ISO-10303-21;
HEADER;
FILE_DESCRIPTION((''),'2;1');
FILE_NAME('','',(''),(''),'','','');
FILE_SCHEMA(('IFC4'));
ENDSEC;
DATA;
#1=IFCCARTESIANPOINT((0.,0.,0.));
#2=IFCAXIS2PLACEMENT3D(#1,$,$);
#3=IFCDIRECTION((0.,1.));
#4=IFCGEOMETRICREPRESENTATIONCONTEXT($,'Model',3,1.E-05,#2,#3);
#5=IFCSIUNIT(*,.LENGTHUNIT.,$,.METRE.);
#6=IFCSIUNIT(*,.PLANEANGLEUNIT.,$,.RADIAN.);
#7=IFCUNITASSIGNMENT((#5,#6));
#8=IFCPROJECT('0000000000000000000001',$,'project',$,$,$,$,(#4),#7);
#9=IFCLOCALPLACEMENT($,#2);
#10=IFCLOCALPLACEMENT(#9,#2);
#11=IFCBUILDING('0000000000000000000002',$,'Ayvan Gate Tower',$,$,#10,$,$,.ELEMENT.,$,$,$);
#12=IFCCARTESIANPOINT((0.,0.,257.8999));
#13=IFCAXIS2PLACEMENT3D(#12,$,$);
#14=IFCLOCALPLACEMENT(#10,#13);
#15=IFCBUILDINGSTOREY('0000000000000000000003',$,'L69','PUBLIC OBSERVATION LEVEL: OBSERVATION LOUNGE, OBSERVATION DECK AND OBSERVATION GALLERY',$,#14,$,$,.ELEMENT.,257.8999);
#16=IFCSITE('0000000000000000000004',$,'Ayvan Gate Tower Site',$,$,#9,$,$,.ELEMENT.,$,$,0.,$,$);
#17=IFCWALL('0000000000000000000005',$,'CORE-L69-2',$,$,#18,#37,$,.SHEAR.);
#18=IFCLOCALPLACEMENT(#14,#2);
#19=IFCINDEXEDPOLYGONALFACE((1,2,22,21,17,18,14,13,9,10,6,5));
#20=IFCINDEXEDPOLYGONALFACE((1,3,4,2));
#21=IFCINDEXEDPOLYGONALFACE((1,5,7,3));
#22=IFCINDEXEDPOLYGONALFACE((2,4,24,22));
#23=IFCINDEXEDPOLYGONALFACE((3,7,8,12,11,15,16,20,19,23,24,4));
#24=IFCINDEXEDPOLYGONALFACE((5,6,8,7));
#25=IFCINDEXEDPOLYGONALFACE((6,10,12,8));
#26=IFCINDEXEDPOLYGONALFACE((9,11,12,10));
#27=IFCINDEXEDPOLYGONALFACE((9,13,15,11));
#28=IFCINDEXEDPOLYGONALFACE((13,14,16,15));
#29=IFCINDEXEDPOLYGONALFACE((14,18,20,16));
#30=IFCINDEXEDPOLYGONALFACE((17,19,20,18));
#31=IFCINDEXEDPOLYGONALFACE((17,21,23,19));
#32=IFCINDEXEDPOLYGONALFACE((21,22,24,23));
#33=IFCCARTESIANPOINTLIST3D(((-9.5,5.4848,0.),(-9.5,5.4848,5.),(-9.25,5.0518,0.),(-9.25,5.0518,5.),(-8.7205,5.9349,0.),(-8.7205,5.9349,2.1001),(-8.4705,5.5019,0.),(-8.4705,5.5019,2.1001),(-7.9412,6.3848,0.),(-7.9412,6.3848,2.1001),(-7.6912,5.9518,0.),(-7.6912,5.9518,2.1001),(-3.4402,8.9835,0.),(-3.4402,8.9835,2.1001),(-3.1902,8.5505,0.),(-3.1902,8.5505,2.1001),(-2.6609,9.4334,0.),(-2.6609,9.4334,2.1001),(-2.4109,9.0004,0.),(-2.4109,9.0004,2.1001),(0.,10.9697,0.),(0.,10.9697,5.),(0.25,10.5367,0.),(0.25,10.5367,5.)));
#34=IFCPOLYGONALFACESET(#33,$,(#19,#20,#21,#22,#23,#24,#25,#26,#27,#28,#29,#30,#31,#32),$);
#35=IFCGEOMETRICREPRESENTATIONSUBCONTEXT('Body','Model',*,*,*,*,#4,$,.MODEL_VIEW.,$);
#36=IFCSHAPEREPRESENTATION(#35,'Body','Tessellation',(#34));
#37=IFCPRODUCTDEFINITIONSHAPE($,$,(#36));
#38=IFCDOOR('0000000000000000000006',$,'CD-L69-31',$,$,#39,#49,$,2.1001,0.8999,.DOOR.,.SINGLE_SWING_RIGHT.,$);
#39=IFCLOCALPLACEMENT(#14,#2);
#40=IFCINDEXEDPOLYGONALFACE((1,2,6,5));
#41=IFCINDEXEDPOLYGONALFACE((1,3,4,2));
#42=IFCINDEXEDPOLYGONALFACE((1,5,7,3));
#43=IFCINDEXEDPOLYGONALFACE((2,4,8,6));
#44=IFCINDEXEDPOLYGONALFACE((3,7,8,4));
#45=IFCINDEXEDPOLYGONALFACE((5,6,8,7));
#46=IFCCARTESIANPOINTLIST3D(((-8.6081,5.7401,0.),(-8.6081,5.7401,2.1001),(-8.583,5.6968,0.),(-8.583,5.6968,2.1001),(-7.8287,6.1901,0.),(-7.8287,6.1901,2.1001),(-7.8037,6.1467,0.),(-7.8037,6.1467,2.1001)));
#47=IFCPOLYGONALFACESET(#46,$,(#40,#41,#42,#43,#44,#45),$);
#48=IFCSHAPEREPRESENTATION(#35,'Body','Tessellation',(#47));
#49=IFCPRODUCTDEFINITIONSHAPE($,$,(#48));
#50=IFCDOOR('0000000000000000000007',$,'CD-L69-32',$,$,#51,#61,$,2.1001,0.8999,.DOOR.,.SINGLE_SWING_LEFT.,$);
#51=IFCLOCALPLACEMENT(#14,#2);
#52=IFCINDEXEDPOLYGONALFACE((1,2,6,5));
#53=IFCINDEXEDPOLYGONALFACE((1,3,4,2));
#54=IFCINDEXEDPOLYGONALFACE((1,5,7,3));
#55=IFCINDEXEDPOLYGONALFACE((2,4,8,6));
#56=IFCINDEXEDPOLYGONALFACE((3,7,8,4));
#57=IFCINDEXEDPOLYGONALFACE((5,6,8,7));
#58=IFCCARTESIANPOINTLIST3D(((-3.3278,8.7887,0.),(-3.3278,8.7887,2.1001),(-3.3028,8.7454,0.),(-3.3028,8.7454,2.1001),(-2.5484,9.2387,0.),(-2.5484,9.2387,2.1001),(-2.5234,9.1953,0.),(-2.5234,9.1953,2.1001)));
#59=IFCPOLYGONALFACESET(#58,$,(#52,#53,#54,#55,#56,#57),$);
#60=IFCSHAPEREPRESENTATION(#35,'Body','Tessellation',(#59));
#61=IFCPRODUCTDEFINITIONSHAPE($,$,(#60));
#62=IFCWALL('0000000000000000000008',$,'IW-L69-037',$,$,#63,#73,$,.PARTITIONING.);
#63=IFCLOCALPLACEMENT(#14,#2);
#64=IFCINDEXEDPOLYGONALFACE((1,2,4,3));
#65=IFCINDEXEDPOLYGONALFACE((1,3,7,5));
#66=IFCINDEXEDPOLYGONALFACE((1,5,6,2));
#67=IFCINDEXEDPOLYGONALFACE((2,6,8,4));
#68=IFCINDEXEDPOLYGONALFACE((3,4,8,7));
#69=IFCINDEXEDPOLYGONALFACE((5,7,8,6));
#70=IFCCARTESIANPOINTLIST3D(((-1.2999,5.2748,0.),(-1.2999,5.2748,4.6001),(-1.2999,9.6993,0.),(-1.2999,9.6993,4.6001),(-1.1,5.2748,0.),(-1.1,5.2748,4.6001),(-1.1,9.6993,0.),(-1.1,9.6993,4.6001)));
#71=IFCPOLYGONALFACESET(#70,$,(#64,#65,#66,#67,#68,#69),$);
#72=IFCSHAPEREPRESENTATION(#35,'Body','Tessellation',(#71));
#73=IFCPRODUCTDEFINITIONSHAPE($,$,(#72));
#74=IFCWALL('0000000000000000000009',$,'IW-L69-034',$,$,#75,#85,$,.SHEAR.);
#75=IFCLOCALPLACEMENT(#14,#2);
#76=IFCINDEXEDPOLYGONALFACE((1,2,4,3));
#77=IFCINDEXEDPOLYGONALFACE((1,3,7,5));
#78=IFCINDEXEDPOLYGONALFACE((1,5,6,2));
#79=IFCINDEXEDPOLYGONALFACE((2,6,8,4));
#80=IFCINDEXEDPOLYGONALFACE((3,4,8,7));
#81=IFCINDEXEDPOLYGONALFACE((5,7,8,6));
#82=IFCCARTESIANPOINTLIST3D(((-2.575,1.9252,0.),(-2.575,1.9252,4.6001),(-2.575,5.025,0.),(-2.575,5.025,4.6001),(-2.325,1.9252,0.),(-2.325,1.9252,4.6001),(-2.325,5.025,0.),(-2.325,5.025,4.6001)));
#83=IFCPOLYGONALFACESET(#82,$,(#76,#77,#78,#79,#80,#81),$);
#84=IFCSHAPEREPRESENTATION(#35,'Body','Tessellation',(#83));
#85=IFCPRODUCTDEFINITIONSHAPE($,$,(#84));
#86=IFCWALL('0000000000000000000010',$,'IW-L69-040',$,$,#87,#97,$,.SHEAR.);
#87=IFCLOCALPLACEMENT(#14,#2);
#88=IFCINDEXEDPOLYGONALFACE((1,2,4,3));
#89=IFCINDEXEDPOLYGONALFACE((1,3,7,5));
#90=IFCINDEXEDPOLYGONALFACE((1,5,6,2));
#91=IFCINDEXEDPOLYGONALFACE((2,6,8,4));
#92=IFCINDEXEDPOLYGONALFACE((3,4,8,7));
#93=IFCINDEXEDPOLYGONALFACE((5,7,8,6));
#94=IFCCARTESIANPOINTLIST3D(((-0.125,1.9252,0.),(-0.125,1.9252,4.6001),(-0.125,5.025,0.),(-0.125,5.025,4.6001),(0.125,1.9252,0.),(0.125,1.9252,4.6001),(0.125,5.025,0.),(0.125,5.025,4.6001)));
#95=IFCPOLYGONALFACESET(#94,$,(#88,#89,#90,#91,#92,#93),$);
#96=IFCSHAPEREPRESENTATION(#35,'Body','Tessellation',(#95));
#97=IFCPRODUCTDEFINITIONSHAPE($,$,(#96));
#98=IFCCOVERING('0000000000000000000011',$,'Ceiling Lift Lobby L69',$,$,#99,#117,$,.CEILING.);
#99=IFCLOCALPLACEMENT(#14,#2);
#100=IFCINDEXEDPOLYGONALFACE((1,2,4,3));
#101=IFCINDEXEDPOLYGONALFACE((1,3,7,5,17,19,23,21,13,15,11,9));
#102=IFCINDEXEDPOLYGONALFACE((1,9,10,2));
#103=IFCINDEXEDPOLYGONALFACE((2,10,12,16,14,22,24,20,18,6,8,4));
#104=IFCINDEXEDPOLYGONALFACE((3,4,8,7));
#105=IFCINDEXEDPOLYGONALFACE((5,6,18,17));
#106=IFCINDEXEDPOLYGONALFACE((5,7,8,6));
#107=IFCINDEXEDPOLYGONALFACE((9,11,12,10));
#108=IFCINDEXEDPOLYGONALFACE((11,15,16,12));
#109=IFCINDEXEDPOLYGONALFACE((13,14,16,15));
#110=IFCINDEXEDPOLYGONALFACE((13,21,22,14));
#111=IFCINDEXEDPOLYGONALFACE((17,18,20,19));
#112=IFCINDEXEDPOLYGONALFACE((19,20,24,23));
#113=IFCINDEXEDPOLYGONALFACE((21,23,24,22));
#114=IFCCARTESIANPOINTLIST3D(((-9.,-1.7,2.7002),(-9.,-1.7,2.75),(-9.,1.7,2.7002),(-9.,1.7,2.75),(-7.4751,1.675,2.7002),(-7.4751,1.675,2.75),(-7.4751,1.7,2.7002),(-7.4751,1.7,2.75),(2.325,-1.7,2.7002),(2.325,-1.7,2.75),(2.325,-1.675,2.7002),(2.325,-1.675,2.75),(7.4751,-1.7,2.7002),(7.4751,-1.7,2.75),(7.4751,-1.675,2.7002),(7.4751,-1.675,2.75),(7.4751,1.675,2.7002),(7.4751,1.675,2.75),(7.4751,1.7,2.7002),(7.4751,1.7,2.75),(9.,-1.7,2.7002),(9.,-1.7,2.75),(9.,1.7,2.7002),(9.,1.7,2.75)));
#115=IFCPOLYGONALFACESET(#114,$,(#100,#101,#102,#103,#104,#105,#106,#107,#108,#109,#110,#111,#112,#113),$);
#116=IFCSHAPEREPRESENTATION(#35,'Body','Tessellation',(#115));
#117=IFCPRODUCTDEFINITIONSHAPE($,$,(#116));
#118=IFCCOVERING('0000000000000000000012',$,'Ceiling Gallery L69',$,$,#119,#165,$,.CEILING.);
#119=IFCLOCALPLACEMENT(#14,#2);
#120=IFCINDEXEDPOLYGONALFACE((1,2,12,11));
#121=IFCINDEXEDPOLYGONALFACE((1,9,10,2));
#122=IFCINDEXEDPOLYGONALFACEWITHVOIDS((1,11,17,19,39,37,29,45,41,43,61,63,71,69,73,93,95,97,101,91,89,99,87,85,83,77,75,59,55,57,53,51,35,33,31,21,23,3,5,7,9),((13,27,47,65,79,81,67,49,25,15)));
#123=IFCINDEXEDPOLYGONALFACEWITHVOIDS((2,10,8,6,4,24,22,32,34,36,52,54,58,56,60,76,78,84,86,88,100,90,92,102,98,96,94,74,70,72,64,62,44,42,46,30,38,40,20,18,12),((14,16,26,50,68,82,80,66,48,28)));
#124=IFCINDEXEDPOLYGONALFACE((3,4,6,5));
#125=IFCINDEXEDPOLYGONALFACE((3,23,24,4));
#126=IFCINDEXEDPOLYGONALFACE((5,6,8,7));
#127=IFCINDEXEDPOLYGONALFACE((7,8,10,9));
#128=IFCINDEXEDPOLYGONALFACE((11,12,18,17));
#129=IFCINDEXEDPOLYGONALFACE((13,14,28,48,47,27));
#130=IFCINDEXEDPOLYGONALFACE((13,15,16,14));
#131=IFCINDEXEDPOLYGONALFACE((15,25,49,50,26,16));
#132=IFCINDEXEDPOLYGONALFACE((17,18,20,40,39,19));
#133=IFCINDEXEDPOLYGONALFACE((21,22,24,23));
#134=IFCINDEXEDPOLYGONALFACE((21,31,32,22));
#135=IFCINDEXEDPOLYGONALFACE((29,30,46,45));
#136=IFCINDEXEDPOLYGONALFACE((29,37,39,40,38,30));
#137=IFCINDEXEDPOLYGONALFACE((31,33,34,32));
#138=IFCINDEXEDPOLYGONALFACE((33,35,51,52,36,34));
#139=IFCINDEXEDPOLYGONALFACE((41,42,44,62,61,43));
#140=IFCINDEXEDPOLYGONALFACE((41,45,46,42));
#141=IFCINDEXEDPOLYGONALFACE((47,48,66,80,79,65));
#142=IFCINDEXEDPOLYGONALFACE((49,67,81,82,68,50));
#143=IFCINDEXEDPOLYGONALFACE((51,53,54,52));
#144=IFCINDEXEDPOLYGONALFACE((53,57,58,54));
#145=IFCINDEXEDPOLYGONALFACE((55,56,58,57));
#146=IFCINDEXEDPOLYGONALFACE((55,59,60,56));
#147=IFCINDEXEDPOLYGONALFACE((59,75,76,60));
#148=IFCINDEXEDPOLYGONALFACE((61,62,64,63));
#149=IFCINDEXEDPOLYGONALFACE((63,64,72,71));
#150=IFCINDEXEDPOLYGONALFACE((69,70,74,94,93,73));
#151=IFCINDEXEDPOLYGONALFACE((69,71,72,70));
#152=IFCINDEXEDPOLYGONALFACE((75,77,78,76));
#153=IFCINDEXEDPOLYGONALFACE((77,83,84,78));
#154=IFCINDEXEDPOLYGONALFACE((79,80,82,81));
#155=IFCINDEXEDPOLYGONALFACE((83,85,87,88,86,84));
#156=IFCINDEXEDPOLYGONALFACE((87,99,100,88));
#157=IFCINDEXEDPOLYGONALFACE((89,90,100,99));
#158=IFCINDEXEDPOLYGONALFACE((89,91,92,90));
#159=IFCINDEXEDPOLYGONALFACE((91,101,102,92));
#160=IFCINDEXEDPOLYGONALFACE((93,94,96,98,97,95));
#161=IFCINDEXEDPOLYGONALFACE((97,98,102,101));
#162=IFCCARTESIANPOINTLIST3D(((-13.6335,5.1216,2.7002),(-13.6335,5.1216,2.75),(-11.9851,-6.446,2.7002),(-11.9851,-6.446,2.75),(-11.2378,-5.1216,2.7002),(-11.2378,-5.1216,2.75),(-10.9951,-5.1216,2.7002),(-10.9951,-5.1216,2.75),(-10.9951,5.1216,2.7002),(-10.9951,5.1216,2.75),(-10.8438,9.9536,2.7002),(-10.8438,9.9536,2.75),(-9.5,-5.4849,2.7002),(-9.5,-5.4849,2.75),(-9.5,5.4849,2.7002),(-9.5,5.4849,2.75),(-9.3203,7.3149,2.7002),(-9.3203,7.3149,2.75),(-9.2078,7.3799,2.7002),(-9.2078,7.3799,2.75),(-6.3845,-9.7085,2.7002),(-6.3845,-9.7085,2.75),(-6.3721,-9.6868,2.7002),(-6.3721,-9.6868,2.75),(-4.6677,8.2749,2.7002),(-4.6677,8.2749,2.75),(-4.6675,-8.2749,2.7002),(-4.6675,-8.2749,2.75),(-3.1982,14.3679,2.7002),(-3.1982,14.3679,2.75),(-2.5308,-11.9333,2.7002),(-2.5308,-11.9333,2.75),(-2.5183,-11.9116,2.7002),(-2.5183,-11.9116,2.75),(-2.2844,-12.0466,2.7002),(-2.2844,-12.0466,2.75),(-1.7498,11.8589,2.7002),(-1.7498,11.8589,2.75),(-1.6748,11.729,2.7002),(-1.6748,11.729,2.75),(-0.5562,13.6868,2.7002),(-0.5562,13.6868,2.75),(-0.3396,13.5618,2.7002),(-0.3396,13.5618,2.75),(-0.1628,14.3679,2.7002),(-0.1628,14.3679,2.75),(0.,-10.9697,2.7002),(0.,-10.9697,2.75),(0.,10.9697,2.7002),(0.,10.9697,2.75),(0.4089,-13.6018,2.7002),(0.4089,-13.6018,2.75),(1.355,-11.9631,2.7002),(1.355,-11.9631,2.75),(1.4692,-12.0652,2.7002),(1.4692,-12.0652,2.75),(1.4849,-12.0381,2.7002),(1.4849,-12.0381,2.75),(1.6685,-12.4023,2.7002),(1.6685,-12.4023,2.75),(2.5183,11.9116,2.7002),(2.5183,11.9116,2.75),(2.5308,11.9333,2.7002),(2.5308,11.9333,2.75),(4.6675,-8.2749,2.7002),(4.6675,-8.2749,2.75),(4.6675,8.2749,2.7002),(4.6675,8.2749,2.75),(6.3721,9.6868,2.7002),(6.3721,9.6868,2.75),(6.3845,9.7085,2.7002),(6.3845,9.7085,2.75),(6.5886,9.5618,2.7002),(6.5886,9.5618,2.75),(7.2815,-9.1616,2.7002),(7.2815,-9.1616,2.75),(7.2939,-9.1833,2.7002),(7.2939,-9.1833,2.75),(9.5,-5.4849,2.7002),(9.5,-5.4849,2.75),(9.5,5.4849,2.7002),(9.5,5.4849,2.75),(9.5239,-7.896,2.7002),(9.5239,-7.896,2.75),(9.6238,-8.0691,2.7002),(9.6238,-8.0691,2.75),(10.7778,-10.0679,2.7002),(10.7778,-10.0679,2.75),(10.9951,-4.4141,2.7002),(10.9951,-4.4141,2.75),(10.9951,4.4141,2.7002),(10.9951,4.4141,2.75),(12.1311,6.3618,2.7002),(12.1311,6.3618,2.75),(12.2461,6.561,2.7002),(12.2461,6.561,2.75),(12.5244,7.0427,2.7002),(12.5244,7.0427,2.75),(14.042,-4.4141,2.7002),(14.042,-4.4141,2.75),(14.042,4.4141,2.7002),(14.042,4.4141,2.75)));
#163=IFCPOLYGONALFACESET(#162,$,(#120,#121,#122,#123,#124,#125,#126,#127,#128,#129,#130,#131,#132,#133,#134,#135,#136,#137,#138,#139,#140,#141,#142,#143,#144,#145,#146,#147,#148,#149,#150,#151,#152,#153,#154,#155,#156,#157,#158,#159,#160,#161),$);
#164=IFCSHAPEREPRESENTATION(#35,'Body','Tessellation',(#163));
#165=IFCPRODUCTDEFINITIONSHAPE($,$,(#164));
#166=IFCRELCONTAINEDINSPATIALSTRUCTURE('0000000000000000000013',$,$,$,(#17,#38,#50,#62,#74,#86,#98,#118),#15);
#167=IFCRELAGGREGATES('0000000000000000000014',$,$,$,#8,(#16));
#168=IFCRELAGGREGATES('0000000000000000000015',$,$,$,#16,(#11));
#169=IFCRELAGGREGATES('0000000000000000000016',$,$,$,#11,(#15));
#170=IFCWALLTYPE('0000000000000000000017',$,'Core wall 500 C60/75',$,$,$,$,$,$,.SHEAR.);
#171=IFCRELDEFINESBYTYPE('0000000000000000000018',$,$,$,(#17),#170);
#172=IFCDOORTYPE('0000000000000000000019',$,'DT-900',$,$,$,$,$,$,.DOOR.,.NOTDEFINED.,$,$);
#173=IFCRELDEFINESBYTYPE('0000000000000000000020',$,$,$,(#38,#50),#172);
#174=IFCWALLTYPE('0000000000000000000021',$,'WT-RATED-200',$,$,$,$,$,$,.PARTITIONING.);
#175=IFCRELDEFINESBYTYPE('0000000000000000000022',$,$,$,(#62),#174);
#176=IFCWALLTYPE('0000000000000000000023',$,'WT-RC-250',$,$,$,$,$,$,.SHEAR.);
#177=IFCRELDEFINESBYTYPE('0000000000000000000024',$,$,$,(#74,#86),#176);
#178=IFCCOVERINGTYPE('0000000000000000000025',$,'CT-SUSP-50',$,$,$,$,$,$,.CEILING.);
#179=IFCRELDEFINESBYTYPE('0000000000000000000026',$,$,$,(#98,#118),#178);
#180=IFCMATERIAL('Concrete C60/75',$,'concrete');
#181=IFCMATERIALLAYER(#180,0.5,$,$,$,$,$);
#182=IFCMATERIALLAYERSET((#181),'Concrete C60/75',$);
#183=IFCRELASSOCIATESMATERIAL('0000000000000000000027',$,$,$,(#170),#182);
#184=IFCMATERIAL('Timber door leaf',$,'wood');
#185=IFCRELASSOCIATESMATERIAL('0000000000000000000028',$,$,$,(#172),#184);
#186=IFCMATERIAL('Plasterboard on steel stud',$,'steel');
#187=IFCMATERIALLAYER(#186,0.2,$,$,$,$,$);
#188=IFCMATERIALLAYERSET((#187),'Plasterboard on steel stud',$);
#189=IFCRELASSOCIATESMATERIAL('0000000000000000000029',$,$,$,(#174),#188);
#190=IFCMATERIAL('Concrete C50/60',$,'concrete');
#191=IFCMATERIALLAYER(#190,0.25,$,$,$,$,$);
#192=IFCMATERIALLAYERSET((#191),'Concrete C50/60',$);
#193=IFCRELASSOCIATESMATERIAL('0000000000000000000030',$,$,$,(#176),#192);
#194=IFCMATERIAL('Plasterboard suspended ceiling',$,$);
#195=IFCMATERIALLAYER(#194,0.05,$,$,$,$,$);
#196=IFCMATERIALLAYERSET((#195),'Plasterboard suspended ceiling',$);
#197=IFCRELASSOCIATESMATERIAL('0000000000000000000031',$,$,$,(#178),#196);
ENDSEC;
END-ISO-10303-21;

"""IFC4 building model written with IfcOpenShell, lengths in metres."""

from ifc_helpers import new_model, si_unit, direction, frame, frame_2d, origin, place, context, subcontext, project, spatial, polyline, rectangle, outline, extrude, material, layer, layer_set, type_object, element, fill, save


model = new_model("IFC4")

# Units and contexts
model_context = context("Model", 3, precision=1e-05, world=origin(), true_north=direction((0.0, 1.0)))
body_context = subcontext(model_context, "Body", "Model", "MODEL_VIEW")
ifc_project = project(units=[si_unit("LENGTHUNIT", "METRE"), si_unit("PLANEANGLEUNIT", "RADIAN")], contexts=[model_context])

# Site, building, storey
site_placement = place(None, origin())
site = spatial("IfcSite", under=ifc_project, at=site_placement, Name="Ayvan Gate Tower Site", CompositionType="ELEMENT", RefElevation=0.0)
building_placement = place(site_placement, origin())
building = spatial("IfcBuilding", under=site, at=building_placement, Name="Ayvan Gate Tower", CompositionType="ELEMENT")
storey_placement = place(building_placement, frame((0.0, 0.0, 257.8999)))
storey = spatial("IfcBuildingStorey", under=building, at=storey_placement, Name="L69", Description="PUBLIC OBSERVATION LEVEL: OBSERVATION LOUNGE, OBSERVATION DECK AND OBSERVATION GALLERY", CompositionType="ELEMENT", Elevation=257.8999)

# Wall, openings, doors
ifc_material_1 = material(Name="Concrete C60/75", Category="concrete")
ifc_layer_1 = layer(ifc_material_1, 0.5)
ifc_layer_set_1 = layer_set([ifc_layer_1], Name="Concrete C60/75")
wall_type_1 = type_object("IfcWallType", Name="Core wall 500 C60/75", PredefinedType="SHEAR", material=ifc_layer_set_1)
wall_1_placement = place(storey_placement, frame((0.125, 10.7532, 0.0), z_axis=(0.0, 0.0, 1.0), x_axis=(-0.866024, -0.500002, 0.0)))
wall_1 = element("IfcWall", 1, at=wall_1_placement, inside=storey, type_object=wall_type_1, Name="CORE-L69-2", PredefinedType="SHEAR", context=body_context, shape_type="SweptSolid", body=[
    extrude(rectangle(XDim=10.9697, YDim=0.5, at=frame_2d((5.4849, 0.0))), origin(), (0.0, 0.0, 1.0), 5.0),
])
opening_1_placement = place(wall_1_placement, frame((9.1697, 0.0, 0.0)))
opening_1 = element("IfcOpeningElement", 2, at=opening_1_placement, cuts=wall_1, PredefinedType="OPENING", context=body_context, shape_type="SweptSolid", body=[
    extrude(rectangle(XDim=0.8999, YDim=2.1001, at=frame_2d((0.45, 1.05))), frame((0.0, 0.26, 0.0), z_axis=(0.0, -1.0, 0.0), x_axis=(1.0, 0.0, 0.0)), (0.0, 0.0, 1.0), 0.52),
])
opening_2_placement = place(wall_1_placement, frame((3.0725, 0.0, 0.0)))
opening_2 = element("IfcOpeningElement", 3, at=opening_2_placement, cuts=wall_1, PredefinedType="OPENING", context=body_context, shape_type="SweptSolid", body=[
    extrude(rectangle(XDim=0.8999, YDim=2.1001, at=frame_2d((0.45, 1.05))), frame((0.0, 0.26, 0.0), z_axis=(0.0, -1.0, 0.0), x_axis=(1.0, 0.0, 0.0)), (0.0, 0.0, 1.0), 0.52),
])
ifc_material_2 = material(Name="Timber door leaf", Category="wood")
door_type = type_object("IfcDoorType", Name="DT-900", OperationType="NOTDEFINED", PredefinedType="DOOR", material=ifc_material_2)
door_1_placement = place(opening_1_placement, origin())
door_1 = element("IfcDoor", 4, at=door_1_placement, inside=storey, type_object=door_type, Name="CD-L69-31", OperationType="SINGLE_SWING_RIGHT", OverallHeight=2.1001, OverallWidth=0.8999, PredefinedType="DOOR", context=body_context, shape_type="SweptSolid", body=[
    extrude(rectangle(XDim=0.8999, YDim=2.1001, at=frame_2d((0.45, 1.05))), frame((0.0, 0.0249, 0.0), z_axis=(0.0, -1.0, 0.0), x_axis=(1.0, 0.0, 0.0)), (0.0, 0.0, 1.0), 0.05),
])
fill(opening_1, door_1)
door_2_placement = place(opening_2_placement, origin())
door_2 = element("IfcDoor", 5, at=door_2_placement, inside=storey, type_object=door_type, Name="CD-L69-32", OperationType="SINGLE_SWING_LEFT", OverallHeight=2.1001, OverallWidth=0.8999, PredefinedType="DOOR", context=body_context, shape_type="SweptSolid", body=[
    extrude(rectangle(XDim=0.8999, YDim=2.1001, at=frame_2d((0.45, 1.05))), frame((0.0, 0.0249, 0.0), z_axis=(0.0, -1.0, 0.0), x_axis=(1.0, 0.0, 0.0)), (0.0, 0.0, 1.0), 0.05),
])
fill(opening_2, door_2)

# Walls
ifc_material_3 = material(Name="Plasterboard on steel stud", Category="steel")
ifc_layer_2 = layer(ifc_material_3, 0.2)
ifc_layer_set_2 = layer_set([ifc_layer_2], Name="Plasterboard on steel stud")
wall_type_2 = type_object("IfcWallType", Name="WT-RATED-200", PredefinedType="PARTITIONING", material=ifc_layer_set_2)
wall_2_placement = place(storey_placement, frame((-1.2, 9.6995, 0.0), z_axis=(0.0, 0.0, 1.0), x_axis=(0.0, -1.0, 0.0)))
element("IfcWall", 6, at=wall_2_placement, inside=storey, type_object=wall_type_2, Name="IW-L69-037", PredefinedType="PARTITIONING", context=body_context, shape_type="SweptSolid", body=[
    extrude(rectangle(XDim=4.4246, YDim=0.2, at=frame_2d((2.2124, 0.0))), origin(), (0.0, 0.0, 1.0), 4.6001),
])
ifc_material_4 = material(Name="Concrete C50/60", Category="concrete")
ifc_layer_3 = layer(ifc_material_4, 0.25)
ifc_layer_set_3 = layer_set([ifc_layer_3], Name="Concrete C50/60")
wall_type_3 = type_object("IfcWallType", Name="WT-RC-250", PredefinedType="SHEAR", material=ifc_layer_set_3)
for number, where, z_axis, x_axis, name in (
    (7, (-2.45, 5.0249, 0.0), (0.0, 0.0, 1.0), (0.0, -1.0, 0.0), "IW-L69-034"),
    (8, (0.0, 5.0249, 0.0), (0.0, 0.0, 1.0), (0.0, -1.0, 0.0), "IW-L69-040"),
):
    element("IfcWall", number, at=place(storey_placement, frame(where, z_axis=z_axis, x_axis=x_axis)), inside=storey, type_object=wall_type_3, Name=name, PredefinedType="SHEAR", context=body_context, shape_type="SweptSolid", body=[
        extrude(rectangle(XDim=3.0999, YDim=0.25, at=frame_2d((1.5498, 0.0))), origin(), (0.0, 0.0, 1.0), 4.6001),
    ])

# Coverings
ifc_material_5 = material(Name="Plasterboard suspended ceiling")
ifc_layer_4 = layer(ifc_material_5, 0.05)
ifc_layer_set_4 = layer_set([ifc_layer_4], Name="Plasterboard suspended ceiling")
covering_type = type_object("IfcCoveringType", Name="CT-SUSP-50", PredefinedType="CEILING", material=ifc_layer_set_4)
covering_1_placement = place(storey_placement, frame((0.0, 0.0, 2.7002)))
element("IfcCovering", 9, at=covering_1_placement, inside=storey, type_object=covering_type, Name="Ceiling Lift Lobby L69", PredefinedType="CEILING", context=body_context, shape_type="SweptSolid", body=[
    extrude(outline(polyline([(7.4751, -1.675), (2.325, -1.675), (2.325, -1.7), (-9.0, -1.7), (-9.0, 1.7), (-7.4751, 1.7), (-7.4751, 1.675), (7.4751, 1.675), (7.4751, 1.7), (9.0, 1.7), (9.0, -1.7), (7.4751, -1.7), (7.4751, -1.675)])), origin(), (0.0, 0.0, 1.0), 0.0498),
])
covering_2_placement = place(storey_placement, frame((0.0, 0.0, 2.7002)))
element("IfcCovering", 10, at=covering_2_placement, inside=storey, type_object=covering_type, Name="Ceiling Gallery L69", PredefinedType="CEILING", context=body_context, shape_type="SweptSolid", body=[
    extrude(outline(polyline([(-10.9951, -5.1216), (-10.9951, 5.1216), (-13.6335, 5.1216), (-10.8438, 9.9536), (-9.3203, 7.3149), (-9.2078, 7.3799), (-1.6748, 11.729), (-1.7498, 11.8589), (-3.1982, 14.3679), (-0.1628, 14.3679), (-0.5562, 13.6868), (-0.3396, 13.5618), (2.5183, 11.9116), (2.5308, 11.9333), (6.3845, 9.7085), (6.3721, 9.6868), (6.5886, 9.5618), (12.1311, 6.3618), (12.2461, 6.561), (12.5244, 7.0427), (14.042, 4.4141), (10.9951, 4.4141), (10.9951, -4.4141), (14.042, -4.4141), (10.7778, -10.0679), (9.6238, -8.0691), (9.5239, -7.896), (7.2939, -9.1833), (7.2815, -9.1616), (1.6685, -12.4023), (1.4692, -12.0652), (1.4849, -12.0381), (1.355, -11.9631), (0.4089, -13.6018), (-2.2844, -12.0466), (-2.5183, -11.9116), (-2.5308, -11.9333), (-6.3845, -9.7085), (-6.3721, -9.6868), (-11.9851, -6.446), (-11.2378, -5.1216), (-10.9951, -5.1216)]), holes=[polyline([(-4.6675, -8.2749), (0.0, -10.9697), (4.6675, -8.2749), (9.5, -5.4849), (9.5, 5.4849), (4.6675, 8.2749), (0.0, 10.9697), (-4.6677, 8.2749), (-9.5, 5.4849), (-9.5, -5.4849), (-4.6675, -8.2749)])]), origin(), (0.0, 0.0, 1.0), 0.0498),
])

save(model, "model.ifc")
